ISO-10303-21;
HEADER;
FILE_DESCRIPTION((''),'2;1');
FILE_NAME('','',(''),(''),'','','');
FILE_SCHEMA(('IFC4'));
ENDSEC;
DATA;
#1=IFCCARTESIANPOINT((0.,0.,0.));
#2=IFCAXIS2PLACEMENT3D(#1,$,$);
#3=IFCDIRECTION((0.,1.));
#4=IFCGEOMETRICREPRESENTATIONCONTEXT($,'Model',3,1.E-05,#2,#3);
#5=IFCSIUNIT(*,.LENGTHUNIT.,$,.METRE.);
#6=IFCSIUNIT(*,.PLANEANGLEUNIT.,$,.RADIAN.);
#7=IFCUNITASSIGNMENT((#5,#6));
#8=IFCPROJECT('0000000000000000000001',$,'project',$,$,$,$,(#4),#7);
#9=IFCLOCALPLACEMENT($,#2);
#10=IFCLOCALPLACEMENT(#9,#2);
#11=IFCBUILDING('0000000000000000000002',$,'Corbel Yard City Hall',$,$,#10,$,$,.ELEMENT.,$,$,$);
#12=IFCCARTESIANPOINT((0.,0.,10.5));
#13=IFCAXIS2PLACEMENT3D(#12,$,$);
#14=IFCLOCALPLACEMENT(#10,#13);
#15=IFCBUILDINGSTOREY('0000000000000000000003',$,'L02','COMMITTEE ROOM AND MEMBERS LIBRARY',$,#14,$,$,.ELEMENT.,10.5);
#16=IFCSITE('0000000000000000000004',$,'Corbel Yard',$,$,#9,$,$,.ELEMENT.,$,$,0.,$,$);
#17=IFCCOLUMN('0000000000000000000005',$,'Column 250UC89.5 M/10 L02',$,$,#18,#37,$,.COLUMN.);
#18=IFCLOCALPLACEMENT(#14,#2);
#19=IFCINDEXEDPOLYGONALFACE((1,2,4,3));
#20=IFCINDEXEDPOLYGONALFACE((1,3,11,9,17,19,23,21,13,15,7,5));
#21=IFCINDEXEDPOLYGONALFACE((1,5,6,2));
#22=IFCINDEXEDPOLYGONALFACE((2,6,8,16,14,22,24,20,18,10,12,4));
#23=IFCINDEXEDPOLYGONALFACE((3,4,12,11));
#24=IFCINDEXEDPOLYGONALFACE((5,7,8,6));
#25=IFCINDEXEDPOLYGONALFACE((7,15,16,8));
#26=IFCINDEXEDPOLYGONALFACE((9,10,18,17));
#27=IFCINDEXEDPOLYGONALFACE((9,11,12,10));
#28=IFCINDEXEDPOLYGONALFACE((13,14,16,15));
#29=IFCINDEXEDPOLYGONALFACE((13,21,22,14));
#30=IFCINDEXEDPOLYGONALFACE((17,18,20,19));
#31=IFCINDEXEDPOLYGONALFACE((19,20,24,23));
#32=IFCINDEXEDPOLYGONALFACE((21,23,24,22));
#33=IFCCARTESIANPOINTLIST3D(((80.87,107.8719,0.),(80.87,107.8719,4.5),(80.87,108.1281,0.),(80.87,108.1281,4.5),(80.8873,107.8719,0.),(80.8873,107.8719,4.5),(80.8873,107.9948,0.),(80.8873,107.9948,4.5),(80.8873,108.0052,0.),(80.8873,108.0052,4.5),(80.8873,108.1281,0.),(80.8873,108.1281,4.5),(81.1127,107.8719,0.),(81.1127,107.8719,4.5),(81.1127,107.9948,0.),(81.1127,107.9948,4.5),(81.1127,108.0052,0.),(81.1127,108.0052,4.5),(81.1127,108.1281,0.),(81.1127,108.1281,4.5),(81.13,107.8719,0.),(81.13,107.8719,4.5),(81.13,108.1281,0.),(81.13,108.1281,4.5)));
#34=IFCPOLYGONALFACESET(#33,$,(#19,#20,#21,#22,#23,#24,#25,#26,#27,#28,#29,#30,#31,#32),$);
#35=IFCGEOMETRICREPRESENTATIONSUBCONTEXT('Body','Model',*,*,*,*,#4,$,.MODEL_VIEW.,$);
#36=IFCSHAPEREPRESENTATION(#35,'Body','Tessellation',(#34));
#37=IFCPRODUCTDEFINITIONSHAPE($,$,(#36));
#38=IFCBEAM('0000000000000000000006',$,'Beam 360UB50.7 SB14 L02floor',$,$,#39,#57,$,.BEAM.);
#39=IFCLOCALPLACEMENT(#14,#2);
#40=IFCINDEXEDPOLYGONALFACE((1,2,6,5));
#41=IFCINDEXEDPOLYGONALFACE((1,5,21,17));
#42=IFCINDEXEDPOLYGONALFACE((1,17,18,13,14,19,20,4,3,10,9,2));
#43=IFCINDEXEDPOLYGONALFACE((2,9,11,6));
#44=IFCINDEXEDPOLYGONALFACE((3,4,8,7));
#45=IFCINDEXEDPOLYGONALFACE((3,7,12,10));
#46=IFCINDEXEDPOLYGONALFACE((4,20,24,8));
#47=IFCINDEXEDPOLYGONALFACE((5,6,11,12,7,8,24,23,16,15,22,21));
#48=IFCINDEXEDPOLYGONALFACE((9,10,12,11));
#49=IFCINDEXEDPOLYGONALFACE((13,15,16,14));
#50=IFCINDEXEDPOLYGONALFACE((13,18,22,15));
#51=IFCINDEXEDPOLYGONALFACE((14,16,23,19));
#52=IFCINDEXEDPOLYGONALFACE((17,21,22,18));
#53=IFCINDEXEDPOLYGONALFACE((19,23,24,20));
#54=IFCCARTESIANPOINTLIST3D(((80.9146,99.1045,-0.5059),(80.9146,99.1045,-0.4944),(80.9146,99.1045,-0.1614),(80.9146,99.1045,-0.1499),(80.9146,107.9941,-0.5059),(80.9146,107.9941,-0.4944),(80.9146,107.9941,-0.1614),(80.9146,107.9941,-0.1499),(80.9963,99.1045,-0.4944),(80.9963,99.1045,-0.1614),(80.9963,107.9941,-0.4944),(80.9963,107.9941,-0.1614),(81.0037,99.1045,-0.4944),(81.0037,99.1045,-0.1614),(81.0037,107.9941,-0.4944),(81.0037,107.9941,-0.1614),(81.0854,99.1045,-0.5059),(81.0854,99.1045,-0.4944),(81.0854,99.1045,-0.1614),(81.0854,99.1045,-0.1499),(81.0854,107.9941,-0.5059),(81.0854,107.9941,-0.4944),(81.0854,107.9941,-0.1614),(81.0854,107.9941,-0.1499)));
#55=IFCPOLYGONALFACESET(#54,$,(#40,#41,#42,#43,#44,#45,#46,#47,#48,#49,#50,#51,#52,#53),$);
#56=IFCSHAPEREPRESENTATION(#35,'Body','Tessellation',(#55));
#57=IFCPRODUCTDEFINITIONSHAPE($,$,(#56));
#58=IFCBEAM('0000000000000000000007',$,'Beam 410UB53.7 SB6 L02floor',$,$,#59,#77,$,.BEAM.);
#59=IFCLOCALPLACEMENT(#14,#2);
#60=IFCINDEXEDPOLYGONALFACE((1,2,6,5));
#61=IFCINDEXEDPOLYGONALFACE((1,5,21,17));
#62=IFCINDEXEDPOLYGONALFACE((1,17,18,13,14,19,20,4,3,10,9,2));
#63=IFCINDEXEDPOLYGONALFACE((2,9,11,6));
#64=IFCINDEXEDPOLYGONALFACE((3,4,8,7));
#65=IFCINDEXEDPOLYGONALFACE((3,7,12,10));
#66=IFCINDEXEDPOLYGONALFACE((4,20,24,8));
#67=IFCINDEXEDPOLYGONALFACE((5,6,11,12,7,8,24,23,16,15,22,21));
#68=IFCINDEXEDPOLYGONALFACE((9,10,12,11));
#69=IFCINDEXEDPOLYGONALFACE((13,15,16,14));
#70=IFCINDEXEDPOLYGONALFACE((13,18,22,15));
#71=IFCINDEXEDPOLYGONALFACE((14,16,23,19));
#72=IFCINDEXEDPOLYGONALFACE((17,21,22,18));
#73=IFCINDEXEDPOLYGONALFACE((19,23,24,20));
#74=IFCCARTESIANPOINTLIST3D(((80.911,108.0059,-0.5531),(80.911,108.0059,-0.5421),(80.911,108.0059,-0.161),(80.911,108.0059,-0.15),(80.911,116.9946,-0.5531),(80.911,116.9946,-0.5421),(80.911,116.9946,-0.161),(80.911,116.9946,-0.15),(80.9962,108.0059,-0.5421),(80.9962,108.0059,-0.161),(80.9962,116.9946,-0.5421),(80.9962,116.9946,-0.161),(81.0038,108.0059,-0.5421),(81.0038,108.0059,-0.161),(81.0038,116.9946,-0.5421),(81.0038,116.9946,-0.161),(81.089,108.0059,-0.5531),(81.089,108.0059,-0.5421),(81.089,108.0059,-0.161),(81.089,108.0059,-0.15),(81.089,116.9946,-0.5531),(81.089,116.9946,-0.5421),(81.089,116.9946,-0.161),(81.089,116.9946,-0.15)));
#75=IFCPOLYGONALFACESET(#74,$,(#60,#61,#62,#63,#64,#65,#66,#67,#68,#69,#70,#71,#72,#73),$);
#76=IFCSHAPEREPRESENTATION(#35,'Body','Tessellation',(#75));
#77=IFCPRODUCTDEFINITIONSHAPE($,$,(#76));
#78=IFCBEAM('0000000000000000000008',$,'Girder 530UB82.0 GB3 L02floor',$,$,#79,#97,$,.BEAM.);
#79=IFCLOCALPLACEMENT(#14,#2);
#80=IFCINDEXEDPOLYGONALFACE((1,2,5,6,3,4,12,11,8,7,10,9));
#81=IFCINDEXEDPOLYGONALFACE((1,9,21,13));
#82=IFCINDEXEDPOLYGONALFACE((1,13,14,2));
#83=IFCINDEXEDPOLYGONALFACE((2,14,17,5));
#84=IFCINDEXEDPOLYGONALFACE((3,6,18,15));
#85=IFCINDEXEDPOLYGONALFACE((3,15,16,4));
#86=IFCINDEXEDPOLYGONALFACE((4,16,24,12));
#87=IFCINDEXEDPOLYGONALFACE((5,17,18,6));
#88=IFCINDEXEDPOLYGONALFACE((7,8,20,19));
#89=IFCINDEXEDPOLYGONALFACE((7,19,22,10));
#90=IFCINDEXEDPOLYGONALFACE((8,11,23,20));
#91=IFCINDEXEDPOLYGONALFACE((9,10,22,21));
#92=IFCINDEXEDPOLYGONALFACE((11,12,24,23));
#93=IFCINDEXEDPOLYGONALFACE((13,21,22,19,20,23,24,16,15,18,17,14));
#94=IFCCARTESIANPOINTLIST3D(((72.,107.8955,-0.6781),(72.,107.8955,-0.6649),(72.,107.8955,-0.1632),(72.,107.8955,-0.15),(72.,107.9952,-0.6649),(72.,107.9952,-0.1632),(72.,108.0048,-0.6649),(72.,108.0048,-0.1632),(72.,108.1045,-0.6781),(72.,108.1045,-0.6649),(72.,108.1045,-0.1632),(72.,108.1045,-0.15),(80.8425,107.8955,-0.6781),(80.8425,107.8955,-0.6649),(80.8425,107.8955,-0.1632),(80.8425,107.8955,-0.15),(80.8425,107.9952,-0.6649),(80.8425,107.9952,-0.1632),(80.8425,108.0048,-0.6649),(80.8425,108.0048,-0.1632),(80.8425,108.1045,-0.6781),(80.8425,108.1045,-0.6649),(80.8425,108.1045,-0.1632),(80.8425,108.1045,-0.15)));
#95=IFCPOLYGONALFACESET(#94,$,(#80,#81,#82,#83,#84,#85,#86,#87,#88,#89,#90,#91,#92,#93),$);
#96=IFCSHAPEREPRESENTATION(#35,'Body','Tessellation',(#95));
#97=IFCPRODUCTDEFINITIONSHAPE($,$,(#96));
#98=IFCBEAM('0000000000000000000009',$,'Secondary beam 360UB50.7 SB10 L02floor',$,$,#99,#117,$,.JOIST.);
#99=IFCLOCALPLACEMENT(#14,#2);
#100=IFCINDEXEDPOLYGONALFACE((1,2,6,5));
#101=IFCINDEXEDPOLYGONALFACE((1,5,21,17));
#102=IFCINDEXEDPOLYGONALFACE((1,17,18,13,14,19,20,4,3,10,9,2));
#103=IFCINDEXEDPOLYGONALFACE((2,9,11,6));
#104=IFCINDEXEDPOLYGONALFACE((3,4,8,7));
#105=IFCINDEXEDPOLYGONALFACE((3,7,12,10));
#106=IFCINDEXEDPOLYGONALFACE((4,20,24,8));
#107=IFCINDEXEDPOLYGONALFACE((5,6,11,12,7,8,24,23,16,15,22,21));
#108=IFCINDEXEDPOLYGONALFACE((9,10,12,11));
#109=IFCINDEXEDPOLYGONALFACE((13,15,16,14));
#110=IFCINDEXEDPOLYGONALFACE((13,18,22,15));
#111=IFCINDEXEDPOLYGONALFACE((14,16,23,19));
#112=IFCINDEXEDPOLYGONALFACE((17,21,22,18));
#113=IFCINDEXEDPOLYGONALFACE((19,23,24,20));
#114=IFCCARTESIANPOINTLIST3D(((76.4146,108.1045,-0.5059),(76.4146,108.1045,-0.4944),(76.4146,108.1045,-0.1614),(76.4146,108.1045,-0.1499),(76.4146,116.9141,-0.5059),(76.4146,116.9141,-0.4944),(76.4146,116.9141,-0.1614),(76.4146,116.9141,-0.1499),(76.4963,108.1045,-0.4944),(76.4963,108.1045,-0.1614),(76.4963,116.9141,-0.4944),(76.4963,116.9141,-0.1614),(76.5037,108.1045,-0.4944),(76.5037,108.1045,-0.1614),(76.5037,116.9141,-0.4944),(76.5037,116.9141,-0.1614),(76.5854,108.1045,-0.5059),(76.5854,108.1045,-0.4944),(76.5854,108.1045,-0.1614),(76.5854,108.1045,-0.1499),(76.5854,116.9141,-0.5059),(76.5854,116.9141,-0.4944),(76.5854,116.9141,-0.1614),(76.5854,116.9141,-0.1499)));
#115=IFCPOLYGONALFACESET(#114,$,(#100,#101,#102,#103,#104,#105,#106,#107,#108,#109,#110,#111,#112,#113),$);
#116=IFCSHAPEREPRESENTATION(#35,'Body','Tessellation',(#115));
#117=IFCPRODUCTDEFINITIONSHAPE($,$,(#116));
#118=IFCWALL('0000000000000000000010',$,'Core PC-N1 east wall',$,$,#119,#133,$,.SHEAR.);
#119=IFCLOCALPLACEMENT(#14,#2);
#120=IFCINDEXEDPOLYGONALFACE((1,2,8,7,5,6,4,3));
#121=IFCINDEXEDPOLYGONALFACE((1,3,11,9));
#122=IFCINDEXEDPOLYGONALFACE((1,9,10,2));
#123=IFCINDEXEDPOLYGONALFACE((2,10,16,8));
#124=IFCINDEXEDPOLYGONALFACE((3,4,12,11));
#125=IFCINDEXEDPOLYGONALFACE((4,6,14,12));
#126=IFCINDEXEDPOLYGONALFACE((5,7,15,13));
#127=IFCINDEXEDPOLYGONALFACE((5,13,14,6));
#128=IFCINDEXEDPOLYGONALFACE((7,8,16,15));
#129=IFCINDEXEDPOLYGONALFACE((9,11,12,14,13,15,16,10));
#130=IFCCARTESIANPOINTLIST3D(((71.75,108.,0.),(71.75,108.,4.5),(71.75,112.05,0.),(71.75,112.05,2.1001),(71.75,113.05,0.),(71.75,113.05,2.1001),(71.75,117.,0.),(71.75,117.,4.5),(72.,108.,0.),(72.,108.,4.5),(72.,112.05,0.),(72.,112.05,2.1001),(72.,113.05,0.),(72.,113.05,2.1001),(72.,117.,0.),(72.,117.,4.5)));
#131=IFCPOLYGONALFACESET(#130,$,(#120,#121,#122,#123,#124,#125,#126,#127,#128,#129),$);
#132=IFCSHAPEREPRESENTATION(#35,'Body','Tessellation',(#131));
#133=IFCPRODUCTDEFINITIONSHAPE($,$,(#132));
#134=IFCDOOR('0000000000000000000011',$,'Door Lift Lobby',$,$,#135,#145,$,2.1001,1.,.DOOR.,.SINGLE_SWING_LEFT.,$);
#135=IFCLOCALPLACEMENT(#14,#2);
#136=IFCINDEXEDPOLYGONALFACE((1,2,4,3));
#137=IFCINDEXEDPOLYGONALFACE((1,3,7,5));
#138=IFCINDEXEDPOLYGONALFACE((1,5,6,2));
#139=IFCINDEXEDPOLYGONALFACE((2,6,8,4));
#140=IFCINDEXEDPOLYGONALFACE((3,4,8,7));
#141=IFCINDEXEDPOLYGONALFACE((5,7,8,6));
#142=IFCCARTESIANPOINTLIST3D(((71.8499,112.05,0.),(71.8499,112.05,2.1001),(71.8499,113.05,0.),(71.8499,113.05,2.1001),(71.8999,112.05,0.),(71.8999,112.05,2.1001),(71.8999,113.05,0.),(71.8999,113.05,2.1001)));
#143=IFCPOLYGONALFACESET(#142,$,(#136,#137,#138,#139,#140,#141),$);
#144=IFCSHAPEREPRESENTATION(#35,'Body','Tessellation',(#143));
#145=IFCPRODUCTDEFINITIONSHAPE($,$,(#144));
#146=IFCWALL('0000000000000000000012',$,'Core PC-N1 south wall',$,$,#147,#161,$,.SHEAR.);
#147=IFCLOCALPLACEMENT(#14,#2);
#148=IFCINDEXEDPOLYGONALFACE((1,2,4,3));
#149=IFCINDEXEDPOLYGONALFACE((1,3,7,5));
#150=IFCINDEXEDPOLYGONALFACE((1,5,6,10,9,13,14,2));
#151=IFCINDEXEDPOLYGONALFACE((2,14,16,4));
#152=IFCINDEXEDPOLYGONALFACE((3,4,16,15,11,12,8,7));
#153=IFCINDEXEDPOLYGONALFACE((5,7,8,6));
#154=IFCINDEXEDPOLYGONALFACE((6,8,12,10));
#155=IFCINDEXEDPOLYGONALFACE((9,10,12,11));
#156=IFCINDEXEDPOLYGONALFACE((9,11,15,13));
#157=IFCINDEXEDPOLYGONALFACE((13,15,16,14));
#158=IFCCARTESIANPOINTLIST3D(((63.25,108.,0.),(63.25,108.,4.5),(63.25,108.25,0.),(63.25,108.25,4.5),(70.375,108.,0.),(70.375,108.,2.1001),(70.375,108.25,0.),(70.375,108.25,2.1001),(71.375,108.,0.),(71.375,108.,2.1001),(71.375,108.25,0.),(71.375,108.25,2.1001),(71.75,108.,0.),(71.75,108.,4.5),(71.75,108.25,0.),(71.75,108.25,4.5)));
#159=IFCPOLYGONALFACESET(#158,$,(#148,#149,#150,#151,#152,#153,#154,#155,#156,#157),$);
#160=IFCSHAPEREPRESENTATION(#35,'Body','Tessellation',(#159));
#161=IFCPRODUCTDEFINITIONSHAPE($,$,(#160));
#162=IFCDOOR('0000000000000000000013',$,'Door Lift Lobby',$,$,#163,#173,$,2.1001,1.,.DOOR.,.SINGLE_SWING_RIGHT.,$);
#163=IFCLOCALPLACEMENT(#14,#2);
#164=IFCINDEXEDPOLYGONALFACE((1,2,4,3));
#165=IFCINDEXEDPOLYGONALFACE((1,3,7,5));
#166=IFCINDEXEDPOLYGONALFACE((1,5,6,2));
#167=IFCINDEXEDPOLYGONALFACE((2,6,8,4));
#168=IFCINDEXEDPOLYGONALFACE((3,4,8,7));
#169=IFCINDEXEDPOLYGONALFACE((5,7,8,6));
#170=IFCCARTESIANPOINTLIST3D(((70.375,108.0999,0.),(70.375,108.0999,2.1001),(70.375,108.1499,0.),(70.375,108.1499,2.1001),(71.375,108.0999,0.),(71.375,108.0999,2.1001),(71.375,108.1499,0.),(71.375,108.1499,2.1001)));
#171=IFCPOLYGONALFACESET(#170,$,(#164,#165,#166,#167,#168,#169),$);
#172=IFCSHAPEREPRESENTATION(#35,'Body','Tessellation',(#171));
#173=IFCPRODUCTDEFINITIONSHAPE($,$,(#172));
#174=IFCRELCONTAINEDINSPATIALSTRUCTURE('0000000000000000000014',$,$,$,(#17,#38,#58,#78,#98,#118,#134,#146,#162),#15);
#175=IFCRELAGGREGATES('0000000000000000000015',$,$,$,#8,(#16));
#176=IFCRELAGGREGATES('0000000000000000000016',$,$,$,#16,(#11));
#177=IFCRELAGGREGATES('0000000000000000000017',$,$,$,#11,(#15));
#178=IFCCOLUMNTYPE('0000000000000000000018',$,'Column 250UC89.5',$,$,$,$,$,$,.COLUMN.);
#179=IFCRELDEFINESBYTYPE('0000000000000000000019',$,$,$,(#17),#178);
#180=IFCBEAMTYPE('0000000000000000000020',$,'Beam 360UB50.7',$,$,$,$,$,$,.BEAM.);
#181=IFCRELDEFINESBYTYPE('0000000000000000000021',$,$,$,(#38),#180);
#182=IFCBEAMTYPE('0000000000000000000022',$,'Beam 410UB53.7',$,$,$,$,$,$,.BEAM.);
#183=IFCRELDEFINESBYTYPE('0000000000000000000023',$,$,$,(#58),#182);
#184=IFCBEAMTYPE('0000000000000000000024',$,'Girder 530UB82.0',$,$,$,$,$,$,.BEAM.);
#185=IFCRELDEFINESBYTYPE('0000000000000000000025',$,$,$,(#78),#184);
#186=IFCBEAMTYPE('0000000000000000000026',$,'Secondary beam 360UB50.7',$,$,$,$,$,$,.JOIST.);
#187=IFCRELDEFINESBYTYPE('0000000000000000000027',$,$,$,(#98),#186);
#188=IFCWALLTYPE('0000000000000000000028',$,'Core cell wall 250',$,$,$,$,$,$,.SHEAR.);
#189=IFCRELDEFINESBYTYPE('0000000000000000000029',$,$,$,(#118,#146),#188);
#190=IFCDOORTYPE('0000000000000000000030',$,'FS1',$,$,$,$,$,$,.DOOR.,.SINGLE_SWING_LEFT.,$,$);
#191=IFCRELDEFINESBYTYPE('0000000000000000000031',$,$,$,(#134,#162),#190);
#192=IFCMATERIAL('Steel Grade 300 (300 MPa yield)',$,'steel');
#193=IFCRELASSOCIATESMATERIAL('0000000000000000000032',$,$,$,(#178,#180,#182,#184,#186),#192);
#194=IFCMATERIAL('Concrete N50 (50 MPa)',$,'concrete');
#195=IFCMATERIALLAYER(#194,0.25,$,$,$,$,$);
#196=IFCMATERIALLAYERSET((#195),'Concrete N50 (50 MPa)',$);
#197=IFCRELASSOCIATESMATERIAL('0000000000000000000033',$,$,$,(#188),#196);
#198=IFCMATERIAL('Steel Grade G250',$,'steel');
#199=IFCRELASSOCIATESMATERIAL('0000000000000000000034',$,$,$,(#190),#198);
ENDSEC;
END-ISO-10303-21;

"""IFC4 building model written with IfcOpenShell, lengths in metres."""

from ifc_helpers import new_model, si_unit, direction, frame, frame_2d, origin, origin_2d, place, context, subcontext, project, spatial, rectangle, i_section, extrude, material, layer, layer_set, material_profile, profile_set, type_object, element, fill, save


model = new_model("IFC4")

# Units and contexts
model_context = context("Model", 3, precision=1e-05, world=origin(), true_north=direction((0.0, 1.0)))
body_context = subcontext(model_context, "Body", "Model", "MODEL_VIEW")
ifc_project = project(units=[si_unit("LENGTHUNIT", "METRE"), si_unit("PLANEANGLEUNIT", "RADIAN")], contexts=[model_context])

# Site, building, storey
site_placement = place(None, origin())
site = spatial("IfcSite", under=ifc_project, at=site_placement, Name="Corbel Yard", CompositionType="ELEMENT", RefElevation=0.0)
building_placement = place(site_placement, origin())
building = spatial("IfcBuilding", under=site, at=building_placement, Name="Corbel Yard City Hall", CompositionType="ELEMENT")
storey_placement = place(building_placement, frame((0.0, 0.0, 10.5)))
storey = spatial("IfcBuildingStorey", under=building, at=storey_placement, Name="L02", Description="COMMITTEE ROOM AND MEMBERS LIBRARY", CompositionType="ELEMENT", Elevation=10.5)

# Column
ifc_material_1 = material(Name="Steel Grade 300 (300 MPa yield)", Category="steel")
ifc_material_profile_1 = material_profile(ifc_material_1, i_section(OverallWidth=0.2561, OverallDepth=0.26, WebThickness=0.0105, FlangeThickness=0.0173, at=origin_2d()), Name="250UC89.5")
ifc_profile_set_1 = profile_set([ifc_material_profile_1], Name="Steel Grade 300 (300 MPa yield)")
column_type = type_object("IfcColumnType", Name="Column 250UC89.5", PredefinedType="COLUMN", material=ifc_profile_set_1)
column_placement = place(storey_placement, frame((81.0, 108.0, 0.0), z_axis=(0.0, 0.0, 1.0), x_axis=(0.0, 1.0, 0.0)))
element("IfcColumn", 1, at=column_placement, inside=storey, type_object=column_type, Name="Column 250UC89.5 M/10 L02", PredefinedType="COLUMN", context=body_context, shape_type="SweptSolid", body=[
    extrude(i_section(OverallWidth=0.2561, OverallDepth=0.26, WebThickness=0.0105, FlangeThickness=0.0173, at=origin_2d()), origin(), (0.0, 0.0, 1.0), 4.5),
])

# Beams
ifc_material_profile_2 = material_profile(ifc_material_1, i_section(OverallWidth=0.1709, OverallDepth=0.356, WebThickness=0.0073, FlangeThickness=0.0115, at=origin_2d()), Name="360UB50.7")
ifc_profile_set_2 = profile_set([ifc_material_profile_2], Name="Steel Grade 300 (300 MPa yield)")
beam_type_1 = type_object("IfcBeamType", Name="Beam 360UB50.7", PredefinedType="BEAM", material=ifc_profile_set_2)
beam_1_placement = place(storey_placement, frame((81.0, 99.1045, -0.3279), z_axis=(0.0, 1.0, 0.0), x_axis=(-1.0, 0.0, 0.0)))
element("IfcBeam", 2, at=beam_1_placement, inside=storey, type_object=beam_type_1, Name="Beam 360UB50.7 SB14 L02floor", PredefinedType="BEAM", context=body_context, shape_type="SweptSolid", body=[
    extrude(i_section(OverallWidth=0.1709, OverallDepth=0.356, WebThickness=0.0073, FlangeThickness=0.0115, at=origin_2d()), origin(), (0.0, 0.0, 1.0), 8.8896),
])
ifc_material_profile_3 = material_profile(ifc_material_1, i_section(OverallWidth=0.178, OverallDepth=0.4031, WebThickness=0.0076, FlangeThickness=0.011, at=origin_2d()), Name="410UB53.7")
ifc_profile_set_3 = profile_set([ifc_material_profile_3], Name="Steel Grade 300 (300 MPa yield)")
beam_type_2 = type_object("IfcBeamType", Name="Beam 410UB53.7", PredefinedType="BEAM", material=ifc_profile_set_3)
beam_2_placement = place(storey_placement, frame((81.0, 108.0059, -0.3516), z_axis=(0.0, 1.0, 0.0), x_axis=(-1.0, 0.0, 0.0)))
element("IfcBeam", 3, at=beam_2_placement, inside=storey, type_object=beam_type_2, Name="Beam 410UB53.7 SB6 L02floor", PredefinedType="BEAM", context=body_context, shape_type="SweptSolid", body=[
    extrude(i_section(OverallWidth=0.178, OverallDepth=0.4031, WebThickness=0.0076, FlangeThickness=0.011, at=origin_2d()), origin(), (0.0, 0.0, 1.0), 8.9888),
])
ifc_material_profile_4 = material_profile(ifc_material_1, i_section(OverallWidth=0.209, OverallDepth=0.5281, WebThickness=0.0095, FlangeThickness=0.0132, at=origin_2d()), Name="530UB82.0")
ifc_profile_set_4 = profile_set([ifc_material_profile_4], Name="Steel Grade 300 (300 MPa yield)")
beam_type_3 = type_object("IfcBeamType", Name="Girder 530UB82.0", PredefinedType="BEAM", material=ifc_profile_set_4)
beam_3_placement = place(storey_placement, frame((72.0, 108.0, -0.4141), z_axis=(1.0, 0.0, 0.0), x_axis=(0.0, 1.0, 0.0)))
element("IfcBeam", 4, at=beam_3_placement, inside=storey, type_object=beam_type_3, Name="Girder 530UB82.0 GB3 L02floor", PredefinedType="BEAM", context=body_context, shape_type="SweptSolid", body=[
    extrude(i_section(OverallWidth=0.209, OverallDepth=0.5281, WebThickness=0.0095, FlangeThickness=0.0132, at=origin_2d()), origin(), (0.0, 0.0, 1.0), 8.8425),
])
ifc_material_profile_5 = material_profile(ifc_material_1, i_section(OverallWidth=0.1709, OverallDepth=0.356, WebThickness=0.0073, FlangeThickness=0.0115, at=origin_2d()), Name="360UB50.7")
ifc_profile_set_5 = profile_set([ifc_material_profile_5], Name="Steel Grade 300 (300 MPa yield)")
beam_type_4 = type_object("IfcBeamType", Name="Secondary beam 360UB50.7", PredefinedType="JOIST", material=ifc_profile_set_5)
beam_4_placement = place(storey_placement, frame((76.5, 108.1045, -0.3279), z_axis=(0.0, 1.0, 0.0), x_axis=(-1.0, 0.0, 0.0)))
element("IfcBeam", 5, at=beam_4_placement, inside=storey, type_object=beam_type_4, Name="Secondary beam 360UB50.7 SB10 L02floor", PredefinedType="JOIST", context=body_context, shape_type="SweptSolid", body=[
    extrude(i_section(OverallWidth=0.1709, OverallDepth=0.356, WebThickness=0.0073, FlangeThickness=0.0115, at=origin_2d()), origin(), (0.0, 0.0, 1.0), 8.8096),
])

# Walls, openings, doors
ifc_material_2 = material(Name="Concrete N50 (50 MPa)", Category="concrete")
ifc_layer_1 = layer(ifc_material_2, 0.25)
ifc_layer_set_1 = layer_set([ifc_layer_1], Name="Concrete N50 (50 MPa)")
wall_type_1 = type_object("IfcWallType", Name="Core cell wall 250", PredefinedType="SHEAR", material=ifc_layer_set_1)
wall_1_placement = place(storey_placement, frame((71.875, 108.0, 0.0), z_axis=(0.0, 0.0, 1.0), x_axis=(0.0, 1.0, 0.0)))
wall_1 = element("IfcWall", 6, at=wall_1_placement, inside=storey, type_object=wall_type_1, Name="Core PC-N1 east wall", PredefinedType="SHEAR", context=body_context, shape_type="SweptSolid", body=[
    extrude(rectangle(XDim=9.0, YDim=0.25, at=frame_2d((4.5, 0.0))), origin(), (0.0, 0.0, 1.0), 4.5),
])
opening_1_placement = place(wall_1_placement, frame((4.05, 0.0, 0.0)))
opening_1 = element("IfcOpeningElement", 7, at=opening_1_placement, cuts=wall_1, PredefinedType="OPENING", context=body_context, shape_type="SweptSolid", body=[
    extrude(rectangle(XDim=1.0, YDim=2.1001, at=frame_2d((0.5, 1.05))), frame((0.0, 0.135, 0.0), z_axis=(0.0, -1.0, 0.0), x_axis=(1.0, 0.0, 0.0)), (0.0, 0.0, 1.0), 0.27),
])
ifc_material_3 = material(Name="Steel Grade G250", Category="steel")
door_type_1 = type_object("IfcDoorType", Name="FS1", OperationType="SINGLE_SWING_LEFT", PredefinedType="DOOR", material=ifc_material_3)
door_1_placement = place(opening_1_placement, frame((1.0, 0.0, 0.0), z_axis=(0.0, 0.0, 1.0), x_axis=(-1.0, 0.0, 0.0)))
door_1 = element("IfcDoor", 8, at=door_1_placement, inside=storey, type_object=door_type_1, Name="Door Lift Lobby", OperationType="SINGLE_SWING_LEFT", OverallHeight=2.1001, OverallWidth=1.0, PredefinedType="DOOR", context=body_context, shape_type="SweptSolid", body=[
    extrude(rectangle(XDim=1.0, YDim=2.1001, at=frame_2d((0.5, 1.05))), frame((0.0, 0.0249, 0.0), z_axis=(0.0, -1.0, 0.0), x_axis=(1.0, 0.0, 0.0)), (0.0, 0.0, 1.0), 0.05),
])
fill(opening_1, door_1)
wall_2_placement = place(storey_placement, frame((63.25, 108.125, 0.0), z_axis=(0.0, 0.0, 1.0), x_axis=(1.0, 0.0, 0.0)))
wall_2 = element("IfcWall", 9, at=wall_2_placement, inside=storey, type_object=wall_type_1, Name="Core PC-N1 south wall", PredefinedType="SHEAR", context=body_context, shape_type="SweptSolid", body=[
    extrude(rectangle(XDim=8.5, YDim=0.25, at=frame_2d((4.25, 0.0))), origin(), (0.0, 0.0, 1.0), 4.5),
])
opening_2_placement = place(wall_2_placement, frame((7.125, 0.0, 0.0)))
opening_2 = element("IfcOpeningElement", 10, at=opening_2_placement, cuts=wall_2, PredefinedType="OPENING", context=body_context, shape_type="SweptSolid", body=[
    extrude(rectangle(XDim=1.0, YDim=2.1001, at=frame_2d((0.5, 1.05))), frame((0.0, 0.135, 0.0), z_axis=(0.0, -1.0, 0.0), x_axis=(1.0, 0.0, 0.0)), (0.0, 0.0, 1.0), 0.27),
])
door_2_placement = place(opening_2_placement, origin())
door_2 = element("IfcDoor", 11, at=door_2_placement, inside=storey, type_object=door_type_1, Name="Door Lift Lobby", OperationType="SINGLE_SWING_RIGHT", OverallHeight=2.1001, OverallWidth=1.0, PredefinedType="DOOR", context=body_context, shape_type="SweptSolid", body=[
    extrude(rectangle(XDim=1.0, YDim=2.1001, at=frame_2d((0.5, 1.05))), frame((0.0, 0.0249, 0.0), z_axis=(0.0, -1.0, 0.0), x_axis=(1.0, 0.0, 0.0)), (0.0, 0.0, 1.0), 0.05),
])
fill(opening_2, door_2)

save(model, "model.ifc")
